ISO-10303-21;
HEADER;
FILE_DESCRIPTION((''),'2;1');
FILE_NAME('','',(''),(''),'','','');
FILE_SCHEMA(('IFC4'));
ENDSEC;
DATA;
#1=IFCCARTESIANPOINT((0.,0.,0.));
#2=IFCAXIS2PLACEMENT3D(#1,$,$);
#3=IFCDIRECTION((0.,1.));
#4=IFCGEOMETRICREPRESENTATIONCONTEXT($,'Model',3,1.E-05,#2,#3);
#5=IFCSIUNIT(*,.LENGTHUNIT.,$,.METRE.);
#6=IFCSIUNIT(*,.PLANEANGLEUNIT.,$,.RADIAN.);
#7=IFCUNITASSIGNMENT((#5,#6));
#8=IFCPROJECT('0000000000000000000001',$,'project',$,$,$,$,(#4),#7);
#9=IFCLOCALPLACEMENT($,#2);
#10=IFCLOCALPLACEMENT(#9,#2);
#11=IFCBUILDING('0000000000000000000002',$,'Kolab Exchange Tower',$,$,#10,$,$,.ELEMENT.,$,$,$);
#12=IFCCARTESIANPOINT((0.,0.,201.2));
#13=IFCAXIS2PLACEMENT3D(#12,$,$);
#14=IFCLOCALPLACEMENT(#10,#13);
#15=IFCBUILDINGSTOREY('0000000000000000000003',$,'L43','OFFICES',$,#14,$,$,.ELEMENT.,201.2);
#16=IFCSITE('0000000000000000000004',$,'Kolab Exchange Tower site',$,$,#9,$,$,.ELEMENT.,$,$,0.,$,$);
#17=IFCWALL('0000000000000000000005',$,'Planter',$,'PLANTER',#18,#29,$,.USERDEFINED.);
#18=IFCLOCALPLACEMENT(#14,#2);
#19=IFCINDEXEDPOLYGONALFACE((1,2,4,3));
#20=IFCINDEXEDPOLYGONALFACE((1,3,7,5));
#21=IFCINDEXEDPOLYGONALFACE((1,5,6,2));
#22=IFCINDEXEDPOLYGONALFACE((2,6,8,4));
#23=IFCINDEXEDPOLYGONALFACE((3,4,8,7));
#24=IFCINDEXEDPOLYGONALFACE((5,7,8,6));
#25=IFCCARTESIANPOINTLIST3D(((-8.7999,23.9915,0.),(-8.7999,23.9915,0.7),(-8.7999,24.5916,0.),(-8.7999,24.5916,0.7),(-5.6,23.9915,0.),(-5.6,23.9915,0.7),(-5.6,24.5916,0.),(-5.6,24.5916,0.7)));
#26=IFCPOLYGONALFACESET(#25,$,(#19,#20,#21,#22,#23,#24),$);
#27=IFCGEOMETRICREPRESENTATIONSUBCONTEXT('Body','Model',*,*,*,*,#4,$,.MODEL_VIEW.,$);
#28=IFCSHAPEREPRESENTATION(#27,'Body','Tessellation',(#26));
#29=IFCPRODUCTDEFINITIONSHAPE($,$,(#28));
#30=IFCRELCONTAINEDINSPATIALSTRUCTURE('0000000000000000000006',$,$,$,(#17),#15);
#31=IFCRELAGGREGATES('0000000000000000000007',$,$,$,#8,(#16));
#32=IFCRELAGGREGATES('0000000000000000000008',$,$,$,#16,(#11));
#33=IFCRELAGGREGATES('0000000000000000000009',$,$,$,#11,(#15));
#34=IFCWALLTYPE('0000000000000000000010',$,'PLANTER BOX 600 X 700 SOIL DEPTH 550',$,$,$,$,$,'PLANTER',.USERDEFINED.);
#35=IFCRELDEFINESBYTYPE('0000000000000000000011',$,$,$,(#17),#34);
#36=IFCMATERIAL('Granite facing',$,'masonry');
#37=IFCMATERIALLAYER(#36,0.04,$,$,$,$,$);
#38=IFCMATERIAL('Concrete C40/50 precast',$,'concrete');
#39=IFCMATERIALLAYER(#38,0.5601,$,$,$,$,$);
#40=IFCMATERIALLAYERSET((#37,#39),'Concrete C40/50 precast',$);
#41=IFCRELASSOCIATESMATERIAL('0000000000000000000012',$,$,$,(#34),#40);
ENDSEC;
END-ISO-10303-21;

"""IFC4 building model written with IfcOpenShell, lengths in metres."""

from ifc_helpers import new_model, si_unit, direction, frame, frame_2d, origin, place, context, subcontext, project, spatial, rectangle, extrude, material, layer, layer_set, type_object, element, save


model = new_model("IFC4")

# Units and contexts
model_context = context("Model", 3, precision=1e-05, world=origin(), true_north=direction((0.0, 1.0)))
body_context = subcontext(model_context, "Body", "Model", "MODEL_VIEW")
ifc_project = project(units=[si_unit("LENGTHUNIT", "METRE"), si_unit("PLANEANGLEUNIT", "RADIAN")], contexts=[model_context])

# Site, building, storey
site_placement = place(None, origin())
site = spatial("IfcSite", under=ifc_project, at=site_placement, Name="Kolab Exchange Tower site", CompositionType="ELEMENT", RefElevation=0.0)
building_placement = place(site_placement, origin())
building = spatial("IfcBuilding", under=site, at=building_placement, Name="Kolab Exchange Tower", CompositionType="ELEMENT")
storey_placement = place(building_placement, frame((0.0, 0.0, 201.2)))
storey = spatial("IfcBuildingStorey", under=building, at=storey_placement, Name="L43", Description="OFFICES", CompositionType="ELEMENT", Elevation=201.2)

# Wall
ifc_material_1 = material(Name="Granite facing", Category="masonry")
ifc_layer_1 = layer(ifc_material_1, 0.04)
ifc_material_2 = material(Name="Concrete C40/50 precast", Category="concrete")
ifc_layer_2 = layer(ifc_material_2, 0.5601)
ifc_layer_set_1 = layer_set([ifc_layer_1, ifc_layer_2], Name="Concrete C40/50 precast")
wall_type_1 = type_object("IfcWallType", Name="PLANTER BOX 600 X 700 SOIL DEPTH 550", ElementType="PLANTER", PredefinedType="USERDEFINED", material=ifc_layer_set_1)
wall_1_placement = place(storey_placement, frame((-8.8, 24.2915, 0.0), z_axis=(0.0, 0.0, 1.0), x_axis=(1.0, 0.0, 0.0)))
element("IfcWall", 1, at=wall_1_placement, inside=storey, type_object=wall_type_1, Name="Planter", ObjectType="PLANTER", PredefinedType="USERDEFINED", context=body_context, shape_type="SweptSolid", body=[
    extrude(rectangle(XDim=3.2, YDim=0.6001, at=frame_2d((1.6001, 0.0))), origin(), (0.0, 0.0, 1.0), 0.7),
])

save(model, "model.ifc")
